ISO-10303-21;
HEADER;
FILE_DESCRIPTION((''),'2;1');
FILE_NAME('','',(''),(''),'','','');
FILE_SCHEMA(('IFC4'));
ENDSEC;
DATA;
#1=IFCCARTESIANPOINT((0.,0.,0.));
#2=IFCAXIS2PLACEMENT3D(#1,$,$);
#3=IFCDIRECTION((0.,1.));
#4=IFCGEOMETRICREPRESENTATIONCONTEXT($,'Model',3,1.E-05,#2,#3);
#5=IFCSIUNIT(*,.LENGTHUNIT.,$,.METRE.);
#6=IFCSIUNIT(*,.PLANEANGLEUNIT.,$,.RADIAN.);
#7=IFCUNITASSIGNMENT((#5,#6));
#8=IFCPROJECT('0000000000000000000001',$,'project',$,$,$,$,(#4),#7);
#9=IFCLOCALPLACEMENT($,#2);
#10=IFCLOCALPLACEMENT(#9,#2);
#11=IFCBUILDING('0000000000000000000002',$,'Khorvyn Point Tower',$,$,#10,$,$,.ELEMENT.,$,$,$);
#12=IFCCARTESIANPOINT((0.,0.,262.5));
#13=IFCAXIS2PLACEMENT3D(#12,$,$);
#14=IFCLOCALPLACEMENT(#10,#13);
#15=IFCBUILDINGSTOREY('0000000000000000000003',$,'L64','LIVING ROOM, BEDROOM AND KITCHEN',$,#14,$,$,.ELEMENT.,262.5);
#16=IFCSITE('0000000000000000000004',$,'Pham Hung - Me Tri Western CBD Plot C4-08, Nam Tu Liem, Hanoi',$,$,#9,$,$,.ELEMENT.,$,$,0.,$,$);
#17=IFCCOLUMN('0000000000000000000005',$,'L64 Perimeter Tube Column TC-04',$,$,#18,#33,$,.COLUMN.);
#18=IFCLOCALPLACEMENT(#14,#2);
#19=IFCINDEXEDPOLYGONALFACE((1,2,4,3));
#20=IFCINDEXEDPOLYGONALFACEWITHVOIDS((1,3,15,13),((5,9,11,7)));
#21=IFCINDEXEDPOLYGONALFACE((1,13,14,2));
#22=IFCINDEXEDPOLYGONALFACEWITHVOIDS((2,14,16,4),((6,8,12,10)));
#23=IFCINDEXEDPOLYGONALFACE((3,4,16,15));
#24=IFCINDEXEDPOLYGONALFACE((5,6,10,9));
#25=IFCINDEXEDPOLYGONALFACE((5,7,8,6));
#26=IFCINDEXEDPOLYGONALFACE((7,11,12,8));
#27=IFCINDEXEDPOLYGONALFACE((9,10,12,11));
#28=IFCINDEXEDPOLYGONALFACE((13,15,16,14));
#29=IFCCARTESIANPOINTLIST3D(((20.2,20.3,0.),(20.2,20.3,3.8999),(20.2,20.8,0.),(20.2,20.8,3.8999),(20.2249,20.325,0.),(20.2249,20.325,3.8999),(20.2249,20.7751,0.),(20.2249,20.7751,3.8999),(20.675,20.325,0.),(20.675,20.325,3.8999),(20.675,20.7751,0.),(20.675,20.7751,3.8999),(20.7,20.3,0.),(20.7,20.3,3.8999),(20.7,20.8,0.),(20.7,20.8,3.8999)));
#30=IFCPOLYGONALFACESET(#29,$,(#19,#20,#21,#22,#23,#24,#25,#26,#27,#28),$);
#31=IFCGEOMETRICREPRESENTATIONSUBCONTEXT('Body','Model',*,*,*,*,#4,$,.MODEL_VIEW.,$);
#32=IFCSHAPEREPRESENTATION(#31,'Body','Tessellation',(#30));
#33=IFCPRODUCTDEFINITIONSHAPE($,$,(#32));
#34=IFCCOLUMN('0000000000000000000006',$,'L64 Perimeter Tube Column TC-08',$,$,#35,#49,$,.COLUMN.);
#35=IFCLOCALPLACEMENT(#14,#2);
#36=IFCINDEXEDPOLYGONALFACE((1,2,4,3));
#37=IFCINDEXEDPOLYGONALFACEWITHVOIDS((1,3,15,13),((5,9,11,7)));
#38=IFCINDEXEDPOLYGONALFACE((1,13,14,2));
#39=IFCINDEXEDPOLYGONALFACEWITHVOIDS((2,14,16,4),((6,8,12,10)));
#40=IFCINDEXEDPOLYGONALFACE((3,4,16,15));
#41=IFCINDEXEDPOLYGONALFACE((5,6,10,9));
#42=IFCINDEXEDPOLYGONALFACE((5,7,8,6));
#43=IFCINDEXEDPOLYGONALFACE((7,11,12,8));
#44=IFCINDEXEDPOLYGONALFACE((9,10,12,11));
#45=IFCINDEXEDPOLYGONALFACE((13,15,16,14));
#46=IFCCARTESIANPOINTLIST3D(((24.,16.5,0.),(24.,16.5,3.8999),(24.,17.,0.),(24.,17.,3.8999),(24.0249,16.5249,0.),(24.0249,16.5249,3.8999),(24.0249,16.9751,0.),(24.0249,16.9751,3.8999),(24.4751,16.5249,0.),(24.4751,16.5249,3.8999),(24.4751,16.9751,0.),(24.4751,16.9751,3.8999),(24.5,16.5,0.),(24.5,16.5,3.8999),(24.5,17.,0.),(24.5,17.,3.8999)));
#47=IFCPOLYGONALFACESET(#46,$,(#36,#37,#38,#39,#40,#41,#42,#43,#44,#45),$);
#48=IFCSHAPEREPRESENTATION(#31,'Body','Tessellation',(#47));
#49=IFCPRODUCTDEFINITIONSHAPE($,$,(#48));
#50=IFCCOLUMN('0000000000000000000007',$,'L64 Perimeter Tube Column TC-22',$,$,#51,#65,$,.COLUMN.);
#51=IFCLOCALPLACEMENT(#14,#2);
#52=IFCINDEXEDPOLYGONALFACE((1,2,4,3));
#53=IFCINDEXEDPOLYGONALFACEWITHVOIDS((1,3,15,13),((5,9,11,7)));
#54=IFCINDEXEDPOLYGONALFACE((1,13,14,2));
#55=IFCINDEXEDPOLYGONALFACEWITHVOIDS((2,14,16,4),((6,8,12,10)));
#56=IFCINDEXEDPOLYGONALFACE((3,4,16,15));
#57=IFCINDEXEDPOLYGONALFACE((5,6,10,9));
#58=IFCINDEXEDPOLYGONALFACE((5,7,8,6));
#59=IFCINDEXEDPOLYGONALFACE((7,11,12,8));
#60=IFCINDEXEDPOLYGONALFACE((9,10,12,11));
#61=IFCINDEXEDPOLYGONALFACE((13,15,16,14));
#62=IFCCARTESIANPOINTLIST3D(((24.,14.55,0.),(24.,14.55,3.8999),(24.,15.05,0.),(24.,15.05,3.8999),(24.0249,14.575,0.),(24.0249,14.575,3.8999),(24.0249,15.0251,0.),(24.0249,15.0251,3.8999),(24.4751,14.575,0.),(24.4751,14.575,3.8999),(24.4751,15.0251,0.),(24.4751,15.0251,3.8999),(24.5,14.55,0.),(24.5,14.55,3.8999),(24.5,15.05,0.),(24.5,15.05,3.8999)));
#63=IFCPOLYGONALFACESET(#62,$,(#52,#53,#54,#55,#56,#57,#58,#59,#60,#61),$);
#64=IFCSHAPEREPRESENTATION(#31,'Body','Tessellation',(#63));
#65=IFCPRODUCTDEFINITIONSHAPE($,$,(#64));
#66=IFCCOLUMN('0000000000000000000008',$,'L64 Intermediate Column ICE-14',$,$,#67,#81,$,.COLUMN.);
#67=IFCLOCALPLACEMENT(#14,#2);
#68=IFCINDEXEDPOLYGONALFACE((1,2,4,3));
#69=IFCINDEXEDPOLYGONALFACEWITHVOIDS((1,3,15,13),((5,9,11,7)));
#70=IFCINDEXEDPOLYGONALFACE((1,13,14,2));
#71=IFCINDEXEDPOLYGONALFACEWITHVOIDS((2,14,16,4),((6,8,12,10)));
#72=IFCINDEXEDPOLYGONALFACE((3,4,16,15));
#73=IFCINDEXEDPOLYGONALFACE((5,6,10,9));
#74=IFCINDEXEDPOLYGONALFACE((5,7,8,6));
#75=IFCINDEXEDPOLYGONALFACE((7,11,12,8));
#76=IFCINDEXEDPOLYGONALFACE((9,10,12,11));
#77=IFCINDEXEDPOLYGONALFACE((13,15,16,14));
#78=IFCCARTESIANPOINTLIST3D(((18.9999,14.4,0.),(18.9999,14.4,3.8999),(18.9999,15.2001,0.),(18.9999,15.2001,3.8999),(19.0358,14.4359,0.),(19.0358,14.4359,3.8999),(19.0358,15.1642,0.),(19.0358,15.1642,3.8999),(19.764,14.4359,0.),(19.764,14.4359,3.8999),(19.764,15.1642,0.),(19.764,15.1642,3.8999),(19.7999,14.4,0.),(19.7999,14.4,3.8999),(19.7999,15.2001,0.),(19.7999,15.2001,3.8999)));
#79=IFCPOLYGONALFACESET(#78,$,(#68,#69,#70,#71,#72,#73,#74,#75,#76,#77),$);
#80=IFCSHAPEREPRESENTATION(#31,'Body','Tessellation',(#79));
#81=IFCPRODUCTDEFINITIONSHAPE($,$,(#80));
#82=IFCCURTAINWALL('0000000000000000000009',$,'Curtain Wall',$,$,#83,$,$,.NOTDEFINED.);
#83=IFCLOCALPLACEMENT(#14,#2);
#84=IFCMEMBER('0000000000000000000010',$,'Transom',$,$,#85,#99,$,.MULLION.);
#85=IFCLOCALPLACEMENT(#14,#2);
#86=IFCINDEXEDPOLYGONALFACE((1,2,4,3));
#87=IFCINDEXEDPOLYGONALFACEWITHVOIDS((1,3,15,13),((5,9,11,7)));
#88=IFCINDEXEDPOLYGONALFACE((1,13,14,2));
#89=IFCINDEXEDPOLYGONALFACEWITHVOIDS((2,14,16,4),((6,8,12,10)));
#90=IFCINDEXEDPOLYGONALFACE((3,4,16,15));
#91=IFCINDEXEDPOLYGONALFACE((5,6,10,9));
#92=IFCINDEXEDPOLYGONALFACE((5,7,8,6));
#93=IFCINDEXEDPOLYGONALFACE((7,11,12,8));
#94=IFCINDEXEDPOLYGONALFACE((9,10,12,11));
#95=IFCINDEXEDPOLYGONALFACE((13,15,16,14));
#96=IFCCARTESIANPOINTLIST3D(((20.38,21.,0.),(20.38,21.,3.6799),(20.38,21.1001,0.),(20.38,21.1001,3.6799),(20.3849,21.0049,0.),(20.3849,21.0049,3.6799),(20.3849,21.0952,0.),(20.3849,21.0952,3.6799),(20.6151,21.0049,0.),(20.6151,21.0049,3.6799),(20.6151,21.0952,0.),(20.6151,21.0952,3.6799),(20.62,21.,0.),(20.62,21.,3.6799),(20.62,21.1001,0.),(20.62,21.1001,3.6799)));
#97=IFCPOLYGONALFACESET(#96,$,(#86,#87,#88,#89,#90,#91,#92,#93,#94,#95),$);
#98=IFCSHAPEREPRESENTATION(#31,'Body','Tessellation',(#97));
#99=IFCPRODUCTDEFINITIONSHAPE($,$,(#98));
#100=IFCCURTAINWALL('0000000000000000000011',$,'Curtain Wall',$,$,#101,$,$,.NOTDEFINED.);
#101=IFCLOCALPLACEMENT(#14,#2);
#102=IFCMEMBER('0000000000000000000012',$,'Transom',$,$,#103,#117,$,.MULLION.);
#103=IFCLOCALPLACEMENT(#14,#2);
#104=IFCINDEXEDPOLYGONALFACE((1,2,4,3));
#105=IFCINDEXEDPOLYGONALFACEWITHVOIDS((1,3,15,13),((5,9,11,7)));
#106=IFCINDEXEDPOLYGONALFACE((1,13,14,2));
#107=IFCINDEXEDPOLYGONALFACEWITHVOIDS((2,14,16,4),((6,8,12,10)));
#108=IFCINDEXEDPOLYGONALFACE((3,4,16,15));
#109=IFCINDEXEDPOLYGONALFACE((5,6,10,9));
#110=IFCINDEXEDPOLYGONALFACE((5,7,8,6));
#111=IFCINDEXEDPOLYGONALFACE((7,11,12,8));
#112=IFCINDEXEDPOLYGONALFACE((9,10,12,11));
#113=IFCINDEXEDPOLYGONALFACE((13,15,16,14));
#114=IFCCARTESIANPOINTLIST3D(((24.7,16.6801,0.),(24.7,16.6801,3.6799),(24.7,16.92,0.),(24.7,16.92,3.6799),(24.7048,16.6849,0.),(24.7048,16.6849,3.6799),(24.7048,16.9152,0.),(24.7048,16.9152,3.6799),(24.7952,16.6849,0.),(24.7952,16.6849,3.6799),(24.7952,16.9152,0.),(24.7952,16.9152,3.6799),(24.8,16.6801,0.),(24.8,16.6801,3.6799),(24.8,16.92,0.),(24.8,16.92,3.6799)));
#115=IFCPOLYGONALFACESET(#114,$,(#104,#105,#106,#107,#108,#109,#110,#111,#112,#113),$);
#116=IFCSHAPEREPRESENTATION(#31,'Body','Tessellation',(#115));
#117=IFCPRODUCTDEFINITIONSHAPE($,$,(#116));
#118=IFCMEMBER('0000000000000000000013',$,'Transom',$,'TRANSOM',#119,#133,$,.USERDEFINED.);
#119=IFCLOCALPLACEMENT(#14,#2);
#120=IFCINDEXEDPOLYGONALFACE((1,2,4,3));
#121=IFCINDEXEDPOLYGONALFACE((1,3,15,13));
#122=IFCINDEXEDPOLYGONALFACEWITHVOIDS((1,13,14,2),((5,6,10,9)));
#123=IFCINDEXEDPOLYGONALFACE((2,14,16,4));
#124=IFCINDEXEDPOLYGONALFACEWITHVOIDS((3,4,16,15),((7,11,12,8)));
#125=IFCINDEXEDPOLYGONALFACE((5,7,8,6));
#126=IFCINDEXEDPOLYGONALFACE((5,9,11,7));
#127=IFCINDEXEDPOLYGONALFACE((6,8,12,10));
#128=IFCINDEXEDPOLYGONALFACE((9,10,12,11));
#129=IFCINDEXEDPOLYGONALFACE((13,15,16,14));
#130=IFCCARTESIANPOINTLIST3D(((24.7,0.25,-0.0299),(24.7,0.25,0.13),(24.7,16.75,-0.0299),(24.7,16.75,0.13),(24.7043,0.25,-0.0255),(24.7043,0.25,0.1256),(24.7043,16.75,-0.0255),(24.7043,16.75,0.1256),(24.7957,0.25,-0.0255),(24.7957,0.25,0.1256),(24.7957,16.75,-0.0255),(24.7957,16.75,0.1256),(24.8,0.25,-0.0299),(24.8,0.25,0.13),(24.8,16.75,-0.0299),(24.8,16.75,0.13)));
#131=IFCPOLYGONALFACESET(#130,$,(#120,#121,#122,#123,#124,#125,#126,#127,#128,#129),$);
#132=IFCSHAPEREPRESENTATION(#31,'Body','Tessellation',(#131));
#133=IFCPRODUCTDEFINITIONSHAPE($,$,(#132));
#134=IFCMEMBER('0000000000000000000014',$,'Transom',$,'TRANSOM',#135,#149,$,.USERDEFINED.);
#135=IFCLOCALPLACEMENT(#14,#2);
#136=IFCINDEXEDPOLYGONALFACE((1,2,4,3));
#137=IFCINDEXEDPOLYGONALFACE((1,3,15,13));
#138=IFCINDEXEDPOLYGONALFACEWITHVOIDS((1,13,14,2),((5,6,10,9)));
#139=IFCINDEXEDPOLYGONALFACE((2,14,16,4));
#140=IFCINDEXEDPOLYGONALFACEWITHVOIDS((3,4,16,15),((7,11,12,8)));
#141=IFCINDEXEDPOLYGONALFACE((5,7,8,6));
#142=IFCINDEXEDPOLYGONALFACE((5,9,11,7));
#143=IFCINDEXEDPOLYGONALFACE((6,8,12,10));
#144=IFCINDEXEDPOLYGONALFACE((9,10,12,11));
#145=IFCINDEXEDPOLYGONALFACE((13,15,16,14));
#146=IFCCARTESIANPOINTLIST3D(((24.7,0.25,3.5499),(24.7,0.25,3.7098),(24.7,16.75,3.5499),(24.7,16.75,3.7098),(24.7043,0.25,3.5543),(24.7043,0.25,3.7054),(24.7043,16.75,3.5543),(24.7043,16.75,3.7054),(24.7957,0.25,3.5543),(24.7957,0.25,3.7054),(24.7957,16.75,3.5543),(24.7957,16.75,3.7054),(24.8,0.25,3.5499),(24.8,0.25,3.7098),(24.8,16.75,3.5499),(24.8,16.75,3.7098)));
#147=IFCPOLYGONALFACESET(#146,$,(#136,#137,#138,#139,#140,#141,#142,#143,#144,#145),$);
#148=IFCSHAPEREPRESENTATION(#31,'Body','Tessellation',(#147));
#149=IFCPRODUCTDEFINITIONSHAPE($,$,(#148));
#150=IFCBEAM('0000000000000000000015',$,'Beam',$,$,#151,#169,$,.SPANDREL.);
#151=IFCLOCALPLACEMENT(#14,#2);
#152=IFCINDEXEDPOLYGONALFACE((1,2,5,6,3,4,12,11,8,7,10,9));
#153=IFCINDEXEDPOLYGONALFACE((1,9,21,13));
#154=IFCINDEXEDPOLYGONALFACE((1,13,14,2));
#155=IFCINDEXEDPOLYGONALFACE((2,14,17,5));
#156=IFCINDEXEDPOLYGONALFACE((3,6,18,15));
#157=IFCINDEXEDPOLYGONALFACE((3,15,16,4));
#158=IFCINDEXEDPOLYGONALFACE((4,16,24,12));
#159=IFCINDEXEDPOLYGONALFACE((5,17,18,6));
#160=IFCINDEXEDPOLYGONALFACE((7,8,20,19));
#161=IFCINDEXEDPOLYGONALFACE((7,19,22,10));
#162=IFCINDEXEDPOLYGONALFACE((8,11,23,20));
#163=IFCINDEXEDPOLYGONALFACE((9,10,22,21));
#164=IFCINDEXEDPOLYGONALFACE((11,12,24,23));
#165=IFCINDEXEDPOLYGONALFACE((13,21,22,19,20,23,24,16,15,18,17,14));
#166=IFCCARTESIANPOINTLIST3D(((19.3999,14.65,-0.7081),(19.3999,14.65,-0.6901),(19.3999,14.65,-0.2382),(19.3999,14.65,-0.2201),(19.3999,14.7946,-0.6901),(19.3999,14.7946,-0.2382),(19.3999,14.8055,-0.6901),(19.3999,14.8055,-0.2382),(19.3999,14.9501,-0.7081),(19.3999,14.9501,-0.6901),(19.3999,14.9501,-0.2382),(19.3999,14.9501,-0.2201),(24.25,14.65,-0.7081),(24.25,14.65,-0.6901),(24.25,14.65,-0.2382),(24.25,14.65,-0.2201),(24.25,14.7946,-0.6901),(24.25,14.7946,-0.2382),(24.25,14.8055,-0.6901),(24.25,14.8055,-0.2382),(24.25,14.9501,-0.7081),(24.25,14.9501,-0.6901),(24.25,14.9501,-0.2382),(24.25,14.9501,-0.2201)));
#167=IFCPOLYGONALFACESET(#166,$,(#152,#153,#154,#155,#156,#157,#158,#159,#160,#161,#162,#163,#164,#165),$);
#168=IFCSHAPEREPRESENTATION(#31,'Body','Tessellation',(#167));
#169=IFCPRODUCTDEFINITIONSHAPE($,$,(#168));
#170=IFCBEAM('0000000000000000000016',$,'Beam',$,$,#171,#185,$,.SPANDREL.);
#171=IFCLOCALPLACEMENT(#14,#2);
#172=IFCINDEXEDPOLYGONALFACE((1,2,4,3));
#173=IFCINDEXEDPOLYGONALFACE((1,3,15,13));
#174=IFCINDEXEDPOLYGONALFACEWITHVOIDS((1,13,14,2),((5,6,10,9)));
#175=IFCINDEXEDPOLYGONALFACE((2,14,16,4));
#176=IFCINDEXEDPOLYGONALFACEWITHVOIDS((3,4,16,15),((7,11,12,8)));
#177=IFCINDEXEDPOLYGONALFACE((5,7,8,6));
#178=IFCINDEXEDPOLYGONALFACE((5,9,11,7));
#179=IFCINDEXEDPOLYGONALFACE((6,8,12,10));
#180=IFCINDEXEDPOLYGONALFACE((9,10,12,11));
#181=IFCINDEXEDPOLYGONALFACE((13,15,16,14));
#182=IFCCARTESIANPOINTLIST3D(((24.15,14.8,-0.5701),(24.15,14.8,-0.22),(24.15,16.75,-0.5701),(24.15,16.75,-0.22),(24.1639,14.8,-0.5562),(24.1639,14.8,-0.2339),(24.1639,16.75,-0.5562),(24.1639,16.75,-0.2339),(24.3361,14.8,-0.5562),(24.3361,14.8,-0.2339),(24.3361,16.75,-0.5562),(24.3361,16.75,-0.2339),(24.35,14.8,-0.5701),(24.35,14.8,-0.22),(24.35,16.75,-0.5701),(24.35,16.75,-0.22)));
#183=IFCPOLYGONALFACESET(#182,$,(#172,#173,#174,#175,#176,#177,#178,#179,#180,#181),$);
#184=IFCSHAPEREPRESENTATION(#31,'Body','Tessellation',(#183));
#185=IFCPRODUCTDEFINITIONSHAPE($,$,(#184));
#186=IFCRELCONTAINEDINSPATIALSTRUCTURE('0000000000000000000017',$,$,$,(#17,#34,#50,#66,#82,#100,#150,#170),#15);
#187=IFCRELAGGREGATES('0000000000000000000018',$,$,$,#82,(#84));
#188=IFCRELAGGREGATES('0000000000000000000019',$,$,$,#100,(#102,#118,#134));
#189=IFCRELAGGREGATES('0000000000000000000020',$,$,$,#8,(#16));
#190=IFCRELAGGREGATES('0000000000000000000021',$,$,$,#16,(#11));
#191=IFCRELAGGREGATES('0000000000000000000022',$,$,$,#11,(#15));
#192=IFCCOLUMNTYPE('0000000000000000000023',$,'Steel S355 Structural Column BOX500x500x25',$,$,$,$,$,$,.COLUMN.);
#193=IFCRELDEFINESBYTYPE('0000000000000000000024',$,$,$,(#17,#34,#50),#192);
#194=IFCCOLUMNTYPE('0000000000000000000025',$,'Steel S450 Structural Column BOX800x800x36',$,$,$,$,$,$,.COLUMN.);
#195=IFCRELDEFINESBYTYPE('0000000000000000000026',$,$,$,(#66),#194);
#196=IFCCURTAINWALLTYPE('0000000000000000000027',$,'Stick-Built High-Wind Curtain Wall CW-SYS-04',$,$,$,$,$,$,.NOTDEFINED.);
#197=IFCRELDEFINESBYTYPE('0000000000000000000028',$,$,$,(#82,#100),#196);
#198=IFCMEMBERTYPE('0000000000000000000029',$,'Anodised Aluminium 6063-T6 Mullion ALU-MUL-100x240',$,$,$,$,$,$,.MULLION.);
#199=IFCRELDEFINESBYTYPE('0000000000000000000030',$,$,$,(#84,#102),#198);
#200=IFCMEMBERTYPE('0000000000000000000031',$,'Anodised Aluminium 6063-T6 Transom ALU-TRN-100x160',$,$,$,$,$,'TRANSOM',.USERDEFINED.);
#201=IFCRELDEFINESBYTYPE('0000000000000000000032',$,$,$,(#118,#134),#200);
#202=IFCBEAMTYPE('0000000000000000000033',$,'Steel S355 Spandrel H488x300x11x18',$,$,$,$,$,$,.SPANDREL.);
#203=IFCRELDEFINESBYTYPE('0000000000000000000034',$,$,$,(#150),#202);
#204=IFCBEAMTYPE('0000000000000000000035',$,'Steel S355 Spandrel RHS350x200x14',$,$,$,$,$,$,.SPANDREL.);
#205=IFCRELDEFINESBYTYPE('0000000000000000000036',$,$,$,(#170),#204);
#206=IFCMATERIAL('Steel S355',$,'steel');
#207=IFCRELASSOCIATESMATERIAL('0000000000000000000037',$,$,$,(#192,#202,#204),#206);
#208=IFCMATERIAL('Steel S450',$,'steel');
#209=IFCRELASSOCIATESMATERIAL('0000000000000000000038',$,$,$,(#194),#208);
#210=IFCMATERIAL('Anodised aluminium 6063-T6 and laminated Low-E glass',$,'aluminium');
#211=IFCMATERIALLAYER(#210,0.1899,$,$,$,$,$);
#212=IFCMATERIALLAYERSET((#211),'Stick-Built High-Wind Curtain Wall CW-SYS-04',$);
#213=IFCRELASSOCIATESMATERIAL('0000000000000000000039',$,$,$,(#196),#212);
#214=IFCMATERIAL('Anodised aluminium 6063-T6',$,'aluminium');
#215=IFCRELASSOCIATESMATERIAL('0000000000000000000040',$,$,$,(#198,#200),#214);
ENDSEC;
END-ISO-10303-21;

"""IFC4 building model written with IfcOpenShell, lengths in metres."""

from ifc_helpers import new_model, si_unit, direction, frame, origin, origin_2d, place, context, subcontext, project, spatial, hollow_rectangle, i_section, extrude, material, layer, layer_set, material_profile, profile_set, type_object, element, aggregate, save


model = new_model("IFC4")

# Units and contexts
model_context = context("Model", 3, precision=1e-05, world=origin(), true_north=direction((0.0, 1.0)))
body_context = subcontext(model_context, "Body", "Model", "MODEL_VIEW")
ifc_project = project(units=[si_unit("LENGTHUNIT", "METRE"), si_unit("PLANEANGLEUNIT", "RADIAN")], contexts=[model_context])

# Site, building, storey
site_placement = place(None, origin())
site = spatial("IfcSite", under=ifc_project, at=site_placement, Name="Pham Hung - Me Tri Western CBD Plot C4-08, Nam Tu Liem, Hanoi", CompositionType="ELEMENT", RefElevation=0.0)
building_placement = place(site_placement, origin())
building = spatial("IfcBuilding", under=site, at=building_placement, Name="Khorvyn Point Tower", CompositionType="ELEMENT")
storey_placement = place(building_placement, frame((0.0, 0.0, 262.5)))
storey = spatial("IfcBuildingStorey", under=building, at=storey_placement, Name="L64", Description="LIVING ROOM, BEDROOM AND KITCHEN", CompositionType="ELEMENT", Elevation=262.5)

# Columns
ifc_material_1 = material(Name="Steel S355", Category="steel")
ifc_material_profile_1 = material_profile(ifc_material_1, hollow_rectangle(XDim=0.5, YDim=0.5, WallThickness=0.0249, at=origin_2d()))
ifc_profile_set_1 = profile_set([ifc_material_profile_1], Name="Steel S355 BOX500x500x25")
column_type_1 = type_object("IfcColumnType", Name="Steel S355 Structural Column BOX500x500x25", PredefinedType="COLUMN", material=ifc_profile_set_1)
for number, where, z_axis, x_axis, name in (
    (1, (20.45, 20.55, 0.0), (0.0, 0.0, 1.0), (1.0, 0.0, 0.0), "L64 Perimeter Tube Column TC-04"),
    (2, (24.25, 16.75, 0.0), (0.0, 0.0, 1.0), (1.0, 0.0, 0.0), "L64 Perimeter Tube Column TC-08"),
    (3, (24.25, 14.8, 0.0), (0.0, 0.0, 1.0), (1.0, 0.0, 0.0), "L64 Perimeter Tube Column TC-22"),
):
    element("IfcColumn", number, at=place(storey_placement, frame(where, z_axis=z_axis, x_axis=x_axis)), inside=storey, type_object=column_type_1, Name=name, PredefinedType="COLUMN", context=body_context, shape_type="SweptSolid", body=[
        extrude(hollow_rectangle(XDim=0.5, YDim=0.5, WallThickness=0.0249, at=origin_2d()), origin(), (0.0, 0.0, 1.0), 3.8999),
    ])
ifc_material_2 = material(Name="Steel S450", Category="steel")
ifc_material_profile_2 = material_profile(ifc_material_2, hollow_rectangle(XDim=0.8, YDim=0.8, WallThickness=0.0359, at=origin_2d()))
ifc_profile_set_2 = profile_set([ifc_material_profile_2], Name="Steel S450 BOX800x800x36")
column_type_2 = type_object("IfcColumnType", Name="Steel S450 Structural Column BOX800x800x36", PredefinedType="COLUMN", material=ifc_profile_set_2)
column_placement = place(storey_placement, frame((19.3999, 14.8, 0.0), z_axis=(0.0, 0.0, 1.0), x_axis=(1.0, 0.0, 0.0)))
element("IfcColumn", 4, at=column_placement, inside=storey, type_object=column_type_2, Name="L64 Intermediate Column ICE-14", PredefinedType="COLUMN", context=body_context, shape_type="SweptSolid", body=[
    extrude(hollow_rectangle(XDim=0.8, YDim=0.8, WallThickness=0.0359, at=origin_2d()), origin(), (0.0, 0.0, 1.0), 3.8999),
])

# Curtain wall, member
ifc_material_3 = material(Name="Anodised aluminium 6063-T6 and laminated Low-E glass", Category="aluminium")
ifc_layer_1 = layer(ifc_material_3, 0.1899)
ifc_layer_set_1 = layer_set([ifc_layer_1], Name="Stick-Built High-Wind Curtain Wall CW-SYS-04")
curtain_wall_type = type_object("IfcCurtainWallType", Name="Stick-Built High-Wind Curtain Wall CW-SYS-04", PredefinedType="NOTDEFINED", material=ifc_layer_set_1)
curtain_wall_1_placement = place(storey_placement, origin())
curtain_wall_1 = element("IfcCurtainWall", 5, at=curtain_wall_1_placement, inside=storey, type_object=curtain_wall_type, Name="Curtain Wall", PredefinedType="NOTDEFINED")
ifc_material_4 = material(Name="Anodised aluminium 6063-T6", Category="aluminium")
ifc_material_profile_3 = material_profile(ifc_material_4, hollow_rectangle(XDim=0.1001, YDim=0.24, WallThickness=0.0049, at=origin_2d()))
ifc_profile_set_3 = profile_set([ifc_material_profile_3], Name="Anodised aluminium 6063-T6 ALU-MUL-100x240")
member_type_1 = type_object("IfcMemberType", Name="Anodised Aluminium 6063-T6 Mullion ALU-MUL-100x240", PredefinedType="MULLION", material=ifc_profile_set_3)
member_1_placement = place(storey_placement, frame((20.5, 21.05, 0.0), z_axis=(0.0, 0.0, 1.0), x_axis=(0.0, 1.0, 0.0)))
member_1 = element("IfcMember", 6, at=member_1_placement, type_object=member_type_1, Name="Transom", PredefinedType="MULLION", context=body_context, shape_type="SweptSolid", body=[
    extrude(hollow_rectangle(XDim=0.1001, YDim=0.24, WallThickness=0.0049, at=origin_2d()), origin(), (0.0, 0.0, 1.0), 3.6799),
])

# Curtain wall, members
curtain_wall_2_placement = place(storey_placement, origin())
curtain_wall_2 = element("IfcCurtainWall", 7, at=curtain_wall_2_placement, inside=storey, type_object=curtain_wall_type, Name="Curtain Wall", PredefinedType="NOTDEFINED")
member_2_placement = place(storey_placement, frame((24.75, 16.8, 0.0), z_axis=(0.0, 0.0, 1.0), x_axis=(1.0, 0.0, 0.0)))
member_2 = element("IfcMember", 8, at=member_2_placement, type_object=member_type_1, Name="Transom", PredefinedType="MULLION", context=body_context, shape_type="SweptSolid", body=[
    extrude(hollow_rectangle(XDim=0.1001, YDim=0.24, WallThickness=0.0049, at=origin_2d()), origin(), (0.0, 0.0, 1.0), 3.6799),
])
ifc_material_profile_4 = material_profile(ifc_material_4, hollow_rectangle(XDim=0.1001, YDim=0.1599, WallThickness=0.0044, at=origin_2d()))
ifc_profile_set_4 = profile_set([ifc_material_profile_4], Name="Anodised aluminium 6063-T6 ALU-TRN-100x160")
member_type_2 = type_object("IfcMemberType", Name="Anodised Aluminium 6063-T6 Transom ALU-TRN-100x160", ElementType="TRANSOM", PredefinedType="USERDEFINED", material=ifc_profile_set_4)
member_3_placement = place(storey_placement, frame((24.75, 16.75, 0.05), z_axis=(0.0, -1.0, 0.0), x_axis=(1.0, 0.0, 0.0)))
member_3 = element("IfcMember", 9, at=member_3_placement, type_object=member_type_2, Name="Transom", ObjectType="TRANSOM", PredefinedType="USERDEFINED", context=body_context, shape_type="SweptSolid", body=[
    extrude(hollow_rectangle(XDim=0.1001, YDim=0.1599, WallThickness=0.0044, at=origin_2d()), origin(), (0.0, 0.0, 1.0), 16.5),
])
member_4_placement = place(storey_placement, frame((24.75, 16.75, 3.6299), z_axis=(0.0, -1.0, 0.0), x_axis=(1.0, 0.0, 0.0)))
member_4 = element("IfcMember", 10, at=member_4_placement, type_object=member_type_2, Name="Transom", ObjectType="TRANSOM", PredefinedType="USERDEFINED", context=body_context, shape_type="SweptSolid", body=[
    extrude(hollow_rectangle(XDim=0.1001, YDim=0.1599, WallThickness=0.0044, at=origin_2d()), origin(), (0.0, 0.0, 1.0), 16.5),
])

# Beams
ifc_material_profile_5 = material_profile(ifc_material_1, i_section(OverallWidth=0.3, OverallDepth=0.488, WebThickness=0.011, FlangeThickness=0.0181, at=origin_2d()))
ifc_profile_set_5 = profile_set([ifc_material_profile_5], Name="Steel S355 H488x300x11x18")
beam_type_1 = type_object("IfcBeamType", Name="Steel S355 Spandrel H488x300x11x18", PredefinedType="SPANDREL", material=ifc_profile_set_5)
beam_1_placement = place(storey_placement, frame((19.3999, 14.8, -0.4641), z_axis=(1.0, 0.0, 0.0), x_axis=(0.0, 1.0, 0.0)))
element("IfcBeam", 11, at=beam_1_placement, inside=storey, type_object=beam_type_1, Name="Beam", PredefinedType="SPANDREL", context=body_context, shape_type="SweptSolid", body=[
    extrude(i_section(OverallWidth=0.3, OverallDepth=0.488, WebThickness=0.011, FlangeThickness=0.0181, at=origin_2d()), origin(), (0.0, 0.0, 1.0), 4.8501),
])
ifc_material_profile_6 = material_profile(ifc_material_1, hollow_rectangle(XDim=0.2, YDim=0.3501, WallThickness=0.0139, at=origin_2d()))
ifc_profile_set_6 = profile_set([ifc_material_profile_6], Name="Steel S355 RHS350x200x14")
beam_type_2 = type_object("IfcBeamType", Name="Steel S355 Spandrel RHS350x200x14", PredefinedType="SPANDREL", material=ifc_profile_set_6)
beam_2_placement = place(storey_placement, frame((24.25, 14.8, -0.395), z_axis=(0.0, 1.0, 0.0), x_axis=(-1.0, 0.0, 0.0)))
element("IfcBeam", 12, at=beam_2_placement, inside=storey, type_object=beam_type_2, Name="Beam", PredefinedType="SPANDREL", context=body_context, shape_type="SweptSolid", body=[
    extrude(hollow_rectangle(XDim=0.2, YDim=0.3501, WallThickness=0.0139, at=origin_2d()), origin(), (0.0, 0.0, 1.0), 1.95),
])

aggregate(curtain_wall_1, [member_1])
aggregate(curtain_wall_2, [member_2, member_3, member_4])

save(model, "model.ifc")
